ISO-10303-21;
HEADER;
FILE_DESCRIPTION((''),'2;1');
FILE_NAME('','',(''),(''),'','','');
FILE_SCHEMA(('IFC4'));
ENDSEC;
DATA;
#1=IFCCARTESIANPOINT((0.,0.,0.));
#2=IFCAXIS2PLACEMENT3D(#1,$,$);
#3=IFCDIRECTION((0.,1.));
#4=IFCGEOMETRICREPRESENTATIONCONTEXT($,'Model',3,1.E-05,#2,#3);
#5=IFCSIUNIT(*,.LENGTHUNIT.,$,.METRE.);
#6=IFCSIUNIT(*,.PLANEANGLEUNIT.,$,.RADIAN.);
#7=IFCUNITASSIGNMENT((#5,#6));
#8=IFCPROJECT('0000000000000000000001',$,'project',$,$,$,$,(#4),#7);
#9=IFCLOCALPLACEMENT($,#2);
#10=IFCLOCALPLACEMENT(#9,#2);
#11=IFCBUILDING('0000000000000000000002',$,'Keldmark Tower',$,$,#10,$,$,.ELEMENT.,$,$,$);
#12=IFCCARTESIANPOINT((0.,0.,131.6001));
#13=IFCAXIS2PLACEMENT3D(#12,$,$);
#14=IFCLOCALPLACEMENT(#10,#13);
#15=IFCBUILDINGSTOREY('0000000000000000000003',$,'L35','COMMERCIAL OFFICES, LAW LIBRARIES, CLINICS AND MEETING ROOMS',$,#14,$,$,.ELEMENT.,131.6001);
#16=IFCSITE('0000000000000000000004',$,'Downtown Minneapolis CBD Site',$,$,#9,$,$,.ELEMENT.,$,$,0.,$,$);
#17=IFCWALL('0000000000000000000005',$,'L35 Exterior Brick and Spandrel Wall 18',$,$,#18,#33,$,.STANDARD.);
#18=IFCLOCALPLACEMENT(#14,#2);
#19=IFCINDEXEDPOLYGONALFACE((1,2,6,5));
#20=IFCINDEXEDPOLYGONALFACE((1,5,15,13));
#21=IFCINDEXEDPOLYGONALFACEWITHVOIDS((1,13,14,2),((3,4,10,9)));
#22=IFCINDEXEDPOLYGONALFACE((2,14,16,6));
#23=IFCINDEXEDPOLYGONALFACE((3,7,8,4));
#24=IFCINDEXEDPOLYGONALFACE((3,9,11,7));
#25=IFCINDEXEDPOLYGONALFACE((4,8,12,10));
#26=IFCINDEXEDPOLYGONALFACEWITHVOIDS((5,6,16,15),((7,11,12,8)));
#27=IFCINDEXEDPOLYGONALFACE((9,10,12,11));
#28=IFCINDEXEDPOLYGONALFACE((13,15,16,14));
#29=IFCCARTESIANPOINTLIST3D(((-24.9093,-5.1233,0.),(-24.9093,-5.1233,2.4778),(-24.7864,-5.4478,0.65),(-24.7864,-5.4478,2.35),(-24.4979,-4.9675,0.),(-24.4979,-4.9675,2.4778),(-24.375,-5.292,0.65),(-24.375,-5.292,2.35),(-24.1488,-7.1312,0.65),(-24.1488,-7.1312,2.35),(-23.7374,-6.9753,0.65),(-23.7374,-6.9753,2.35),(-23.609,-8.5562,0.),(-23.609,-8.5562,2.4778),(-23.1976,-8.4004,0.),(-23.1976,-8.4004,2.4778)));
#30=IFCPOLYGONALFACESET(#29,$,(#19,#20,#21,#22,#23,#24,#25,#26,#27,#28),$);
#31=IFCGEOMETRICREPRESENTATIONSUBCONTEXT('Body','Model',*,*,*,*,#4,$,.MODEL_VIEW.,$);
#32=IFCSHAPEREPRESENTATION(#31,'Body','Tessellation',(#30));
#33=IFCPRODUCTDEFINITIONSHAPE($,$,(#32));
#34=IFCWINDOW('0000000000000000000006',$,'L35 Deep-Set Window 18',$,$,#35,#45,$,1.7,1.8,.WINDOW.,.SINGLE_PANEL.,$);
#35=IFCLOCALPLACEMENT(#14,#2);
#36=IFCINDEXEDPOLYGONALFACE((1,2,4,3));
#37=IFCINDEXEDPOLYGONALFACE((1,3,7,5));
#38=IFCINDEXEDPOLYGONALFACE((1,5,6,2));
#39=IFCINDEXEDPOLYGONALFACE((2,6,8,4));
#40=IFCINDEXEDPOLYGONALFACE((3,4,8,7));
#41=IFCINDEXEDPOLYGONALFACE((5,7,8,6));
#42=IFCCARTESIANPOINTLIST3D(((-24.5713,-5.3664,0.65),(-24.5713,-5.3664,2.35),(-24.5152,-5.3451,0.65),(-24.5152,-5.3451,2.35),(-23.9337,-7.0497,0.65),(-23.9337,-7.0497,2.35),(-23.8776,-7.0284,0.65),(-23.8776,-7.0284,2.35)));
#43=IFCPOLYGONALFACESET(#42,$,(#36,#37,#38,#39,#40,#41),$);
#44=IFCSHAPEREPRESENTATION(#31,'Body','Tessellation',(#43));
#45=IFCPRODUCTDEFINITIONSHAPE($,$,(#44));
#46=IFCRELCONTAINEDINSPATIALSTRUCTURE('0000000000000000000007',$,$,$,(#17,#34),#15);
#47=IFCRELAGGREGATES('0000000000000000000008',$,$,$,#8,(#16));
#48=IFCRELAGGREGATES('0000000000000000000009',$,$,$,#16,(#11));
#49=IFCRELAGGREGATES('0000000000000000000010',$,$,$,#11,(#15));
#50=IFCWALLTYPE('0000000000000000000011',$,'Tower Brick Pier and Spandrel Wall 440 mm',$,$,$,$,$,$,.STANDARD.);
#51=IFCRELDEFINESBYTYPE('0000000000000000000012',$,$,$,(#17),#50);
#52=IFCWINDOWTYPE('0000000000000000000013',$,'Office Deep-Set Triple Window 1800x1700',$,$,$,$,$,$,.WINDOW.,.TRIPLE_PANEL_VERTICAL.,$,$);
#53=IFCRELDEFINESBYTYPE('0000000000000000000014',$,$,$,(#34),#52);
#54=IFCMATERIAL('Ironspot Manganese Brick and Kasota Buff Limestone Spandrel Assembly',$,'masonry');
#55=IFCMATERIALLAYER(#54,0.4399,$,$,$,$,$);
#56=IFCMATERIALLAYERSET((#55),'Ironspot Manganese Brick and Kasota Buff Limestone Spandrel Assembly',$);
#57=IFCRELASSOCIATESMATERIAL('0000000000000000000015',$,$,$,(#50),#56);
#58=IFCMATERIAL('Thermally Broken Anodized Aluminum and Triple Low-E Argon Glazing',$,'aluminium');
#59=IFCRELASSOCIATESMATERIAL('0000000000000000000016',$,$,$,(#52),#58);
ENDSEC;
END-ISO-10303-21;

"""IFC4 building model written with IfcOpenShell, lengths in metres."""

from ifc_helpers import new_model, si_unit, direction, frame, frame_2d, origin, place, context, subcontext, project, spatial, rectangle, extrude, material, layer, layer_set, type_object, element, fill, save


model = new_model("IFC4")

# Units and contexts
model_context = context("Model", 3, precision=1e-05, world=origin(), true_north=direction((0.0, 1.0)))
body_context = subcontext(model_context, "Body", "Model", "MODEL_VIEW")
ifc_project = project(units=[si_unit("LENGTHUNIT", "METRE"), si_unit("PLANEANGLEUNIT", "RADIAN")], contexts=[model_context])

# Site, building, storey
site_placement = place(None, origin())
site = spatial("IfcSite", under=ifc_project, at=site_placement, Name="Downtown Minneapolis CBD Site", CompositionType="ELEMENT", RefElevation=0.0)
building_placement = place(site_placement, origin())
building = spatial("IfcBuilding", under=site, at=building_placement, Name="Keldmark Tower", CompositionType="ELEMENT")
storey_placement = place(building_placement, frame((0.0, 0.0, 131.6001)))
storey = spatial("IfcBuildingStorey", under=building, at=storey_placement, Name="L35", Description="COMMERCIAL OFFICES, LAW LIBRARIES, CLINICS AND MEETING ROOMS", CompositionType="ELEMENT", Elevation=131.6001)

# Wall, opening, window
ifc_material_1 = material(Name="Ironspot Manganese Brick and Kasota Buff Limestone Spandrel Assembly", Category="masonry")
ifc_layer_1 = layer(ifc_material_1, 0.4399)
ifc_layer_set_1 = layer_set([ifc_layer_1], Name="Ironspot Manganese Brick and Kasota Buff Limestone Spandrel Assembly")
wall_type_1 = type_object("IfcWallType", Name="Tower Brick Pier and Spandrel Wall 440 mm", PredefinedType="STANDARD", material=ifc_layer_set_1)
wall_1_placement = place(storey_placement, frame((-23.4033, -8.4783, 0.0), z_axis=(0.0, 0.0, 1.0), x_axis=(-0.354219, 0.935162, 0.0)))
wall_1 = element("IfcWall", 1, at=wall_1_placement, inside=storey, type_object=wall_type_1, Name="L35 Exterior Brick and Spandrel Wall 18", PredefinedType="STANDARD", context=body_context, shape_type="SweptSolid", body=[
    extrude(rectangle(XDim=3.6709, YDim=0.4399, at=frame_2d((1.8354, 0.0))), origin(), (0.0, 0.0, 1.0), 2.4778),
])
opening_1_placement = place(wall_1_placement, frame((1.5239, 0.0, 0.6499)))
opening_1 = element("IfcOpeningElement", 2, at=opening_1_placement, cuts=wall_1, PredefinedType="OPENING", context=body_context, shape_type="SweptSolid", body=[
    extrude(rectangle(XDim=1.8, YDim=1.7, at=frame_2d((0.8999, 0.8501))), frame((0.0, 0.23, 0.0), z_axis=(0.0, -1.0, 0.0), x_axis=(1.0, 0.0, 0.0)), (0.0, 0.0, 1.0), 0.46),
])
ifc_material_2 = material(Name="Thermally Broken Anodized Aluminum and Triple Low-E Argon Glazing", Category="aluminium")
window_type = type_object("IfcWindowType", Name="Office Deep-Set Triple Window 1800x1700", PartitioningType="TRIPLE_PANEL_VERTICAL", PredefinedType="WINDOW", material=ifc_material_2)
window_placement = place(opening_1_placement, origin())
window = element("IfcWindow", 3, at=window_placement, inside=storey, type_object=window_type, Name="L35 Deep-Set Window 18", OverallHeight=1.7, OverallWidth=1.8, PartitioningType="SINGLE_PANEL", PredefinedType="WINDOW", context=body_context, shape_type="SweptSolid", body=[
    extrude(rectangle(XDim=1.8, YDim=1.7, at=frame_2d((0.8999, 0.8501))), frame((0.0, -0.01, 0.0), z_axis=(0.0, -1.0, 0.0), x_axis=(1.0, 0.0, 0.0)), (0.0, 0.0, 1.0), 0.0601),
])
fill(opening_1, window)

save(model, "model.ifc")
